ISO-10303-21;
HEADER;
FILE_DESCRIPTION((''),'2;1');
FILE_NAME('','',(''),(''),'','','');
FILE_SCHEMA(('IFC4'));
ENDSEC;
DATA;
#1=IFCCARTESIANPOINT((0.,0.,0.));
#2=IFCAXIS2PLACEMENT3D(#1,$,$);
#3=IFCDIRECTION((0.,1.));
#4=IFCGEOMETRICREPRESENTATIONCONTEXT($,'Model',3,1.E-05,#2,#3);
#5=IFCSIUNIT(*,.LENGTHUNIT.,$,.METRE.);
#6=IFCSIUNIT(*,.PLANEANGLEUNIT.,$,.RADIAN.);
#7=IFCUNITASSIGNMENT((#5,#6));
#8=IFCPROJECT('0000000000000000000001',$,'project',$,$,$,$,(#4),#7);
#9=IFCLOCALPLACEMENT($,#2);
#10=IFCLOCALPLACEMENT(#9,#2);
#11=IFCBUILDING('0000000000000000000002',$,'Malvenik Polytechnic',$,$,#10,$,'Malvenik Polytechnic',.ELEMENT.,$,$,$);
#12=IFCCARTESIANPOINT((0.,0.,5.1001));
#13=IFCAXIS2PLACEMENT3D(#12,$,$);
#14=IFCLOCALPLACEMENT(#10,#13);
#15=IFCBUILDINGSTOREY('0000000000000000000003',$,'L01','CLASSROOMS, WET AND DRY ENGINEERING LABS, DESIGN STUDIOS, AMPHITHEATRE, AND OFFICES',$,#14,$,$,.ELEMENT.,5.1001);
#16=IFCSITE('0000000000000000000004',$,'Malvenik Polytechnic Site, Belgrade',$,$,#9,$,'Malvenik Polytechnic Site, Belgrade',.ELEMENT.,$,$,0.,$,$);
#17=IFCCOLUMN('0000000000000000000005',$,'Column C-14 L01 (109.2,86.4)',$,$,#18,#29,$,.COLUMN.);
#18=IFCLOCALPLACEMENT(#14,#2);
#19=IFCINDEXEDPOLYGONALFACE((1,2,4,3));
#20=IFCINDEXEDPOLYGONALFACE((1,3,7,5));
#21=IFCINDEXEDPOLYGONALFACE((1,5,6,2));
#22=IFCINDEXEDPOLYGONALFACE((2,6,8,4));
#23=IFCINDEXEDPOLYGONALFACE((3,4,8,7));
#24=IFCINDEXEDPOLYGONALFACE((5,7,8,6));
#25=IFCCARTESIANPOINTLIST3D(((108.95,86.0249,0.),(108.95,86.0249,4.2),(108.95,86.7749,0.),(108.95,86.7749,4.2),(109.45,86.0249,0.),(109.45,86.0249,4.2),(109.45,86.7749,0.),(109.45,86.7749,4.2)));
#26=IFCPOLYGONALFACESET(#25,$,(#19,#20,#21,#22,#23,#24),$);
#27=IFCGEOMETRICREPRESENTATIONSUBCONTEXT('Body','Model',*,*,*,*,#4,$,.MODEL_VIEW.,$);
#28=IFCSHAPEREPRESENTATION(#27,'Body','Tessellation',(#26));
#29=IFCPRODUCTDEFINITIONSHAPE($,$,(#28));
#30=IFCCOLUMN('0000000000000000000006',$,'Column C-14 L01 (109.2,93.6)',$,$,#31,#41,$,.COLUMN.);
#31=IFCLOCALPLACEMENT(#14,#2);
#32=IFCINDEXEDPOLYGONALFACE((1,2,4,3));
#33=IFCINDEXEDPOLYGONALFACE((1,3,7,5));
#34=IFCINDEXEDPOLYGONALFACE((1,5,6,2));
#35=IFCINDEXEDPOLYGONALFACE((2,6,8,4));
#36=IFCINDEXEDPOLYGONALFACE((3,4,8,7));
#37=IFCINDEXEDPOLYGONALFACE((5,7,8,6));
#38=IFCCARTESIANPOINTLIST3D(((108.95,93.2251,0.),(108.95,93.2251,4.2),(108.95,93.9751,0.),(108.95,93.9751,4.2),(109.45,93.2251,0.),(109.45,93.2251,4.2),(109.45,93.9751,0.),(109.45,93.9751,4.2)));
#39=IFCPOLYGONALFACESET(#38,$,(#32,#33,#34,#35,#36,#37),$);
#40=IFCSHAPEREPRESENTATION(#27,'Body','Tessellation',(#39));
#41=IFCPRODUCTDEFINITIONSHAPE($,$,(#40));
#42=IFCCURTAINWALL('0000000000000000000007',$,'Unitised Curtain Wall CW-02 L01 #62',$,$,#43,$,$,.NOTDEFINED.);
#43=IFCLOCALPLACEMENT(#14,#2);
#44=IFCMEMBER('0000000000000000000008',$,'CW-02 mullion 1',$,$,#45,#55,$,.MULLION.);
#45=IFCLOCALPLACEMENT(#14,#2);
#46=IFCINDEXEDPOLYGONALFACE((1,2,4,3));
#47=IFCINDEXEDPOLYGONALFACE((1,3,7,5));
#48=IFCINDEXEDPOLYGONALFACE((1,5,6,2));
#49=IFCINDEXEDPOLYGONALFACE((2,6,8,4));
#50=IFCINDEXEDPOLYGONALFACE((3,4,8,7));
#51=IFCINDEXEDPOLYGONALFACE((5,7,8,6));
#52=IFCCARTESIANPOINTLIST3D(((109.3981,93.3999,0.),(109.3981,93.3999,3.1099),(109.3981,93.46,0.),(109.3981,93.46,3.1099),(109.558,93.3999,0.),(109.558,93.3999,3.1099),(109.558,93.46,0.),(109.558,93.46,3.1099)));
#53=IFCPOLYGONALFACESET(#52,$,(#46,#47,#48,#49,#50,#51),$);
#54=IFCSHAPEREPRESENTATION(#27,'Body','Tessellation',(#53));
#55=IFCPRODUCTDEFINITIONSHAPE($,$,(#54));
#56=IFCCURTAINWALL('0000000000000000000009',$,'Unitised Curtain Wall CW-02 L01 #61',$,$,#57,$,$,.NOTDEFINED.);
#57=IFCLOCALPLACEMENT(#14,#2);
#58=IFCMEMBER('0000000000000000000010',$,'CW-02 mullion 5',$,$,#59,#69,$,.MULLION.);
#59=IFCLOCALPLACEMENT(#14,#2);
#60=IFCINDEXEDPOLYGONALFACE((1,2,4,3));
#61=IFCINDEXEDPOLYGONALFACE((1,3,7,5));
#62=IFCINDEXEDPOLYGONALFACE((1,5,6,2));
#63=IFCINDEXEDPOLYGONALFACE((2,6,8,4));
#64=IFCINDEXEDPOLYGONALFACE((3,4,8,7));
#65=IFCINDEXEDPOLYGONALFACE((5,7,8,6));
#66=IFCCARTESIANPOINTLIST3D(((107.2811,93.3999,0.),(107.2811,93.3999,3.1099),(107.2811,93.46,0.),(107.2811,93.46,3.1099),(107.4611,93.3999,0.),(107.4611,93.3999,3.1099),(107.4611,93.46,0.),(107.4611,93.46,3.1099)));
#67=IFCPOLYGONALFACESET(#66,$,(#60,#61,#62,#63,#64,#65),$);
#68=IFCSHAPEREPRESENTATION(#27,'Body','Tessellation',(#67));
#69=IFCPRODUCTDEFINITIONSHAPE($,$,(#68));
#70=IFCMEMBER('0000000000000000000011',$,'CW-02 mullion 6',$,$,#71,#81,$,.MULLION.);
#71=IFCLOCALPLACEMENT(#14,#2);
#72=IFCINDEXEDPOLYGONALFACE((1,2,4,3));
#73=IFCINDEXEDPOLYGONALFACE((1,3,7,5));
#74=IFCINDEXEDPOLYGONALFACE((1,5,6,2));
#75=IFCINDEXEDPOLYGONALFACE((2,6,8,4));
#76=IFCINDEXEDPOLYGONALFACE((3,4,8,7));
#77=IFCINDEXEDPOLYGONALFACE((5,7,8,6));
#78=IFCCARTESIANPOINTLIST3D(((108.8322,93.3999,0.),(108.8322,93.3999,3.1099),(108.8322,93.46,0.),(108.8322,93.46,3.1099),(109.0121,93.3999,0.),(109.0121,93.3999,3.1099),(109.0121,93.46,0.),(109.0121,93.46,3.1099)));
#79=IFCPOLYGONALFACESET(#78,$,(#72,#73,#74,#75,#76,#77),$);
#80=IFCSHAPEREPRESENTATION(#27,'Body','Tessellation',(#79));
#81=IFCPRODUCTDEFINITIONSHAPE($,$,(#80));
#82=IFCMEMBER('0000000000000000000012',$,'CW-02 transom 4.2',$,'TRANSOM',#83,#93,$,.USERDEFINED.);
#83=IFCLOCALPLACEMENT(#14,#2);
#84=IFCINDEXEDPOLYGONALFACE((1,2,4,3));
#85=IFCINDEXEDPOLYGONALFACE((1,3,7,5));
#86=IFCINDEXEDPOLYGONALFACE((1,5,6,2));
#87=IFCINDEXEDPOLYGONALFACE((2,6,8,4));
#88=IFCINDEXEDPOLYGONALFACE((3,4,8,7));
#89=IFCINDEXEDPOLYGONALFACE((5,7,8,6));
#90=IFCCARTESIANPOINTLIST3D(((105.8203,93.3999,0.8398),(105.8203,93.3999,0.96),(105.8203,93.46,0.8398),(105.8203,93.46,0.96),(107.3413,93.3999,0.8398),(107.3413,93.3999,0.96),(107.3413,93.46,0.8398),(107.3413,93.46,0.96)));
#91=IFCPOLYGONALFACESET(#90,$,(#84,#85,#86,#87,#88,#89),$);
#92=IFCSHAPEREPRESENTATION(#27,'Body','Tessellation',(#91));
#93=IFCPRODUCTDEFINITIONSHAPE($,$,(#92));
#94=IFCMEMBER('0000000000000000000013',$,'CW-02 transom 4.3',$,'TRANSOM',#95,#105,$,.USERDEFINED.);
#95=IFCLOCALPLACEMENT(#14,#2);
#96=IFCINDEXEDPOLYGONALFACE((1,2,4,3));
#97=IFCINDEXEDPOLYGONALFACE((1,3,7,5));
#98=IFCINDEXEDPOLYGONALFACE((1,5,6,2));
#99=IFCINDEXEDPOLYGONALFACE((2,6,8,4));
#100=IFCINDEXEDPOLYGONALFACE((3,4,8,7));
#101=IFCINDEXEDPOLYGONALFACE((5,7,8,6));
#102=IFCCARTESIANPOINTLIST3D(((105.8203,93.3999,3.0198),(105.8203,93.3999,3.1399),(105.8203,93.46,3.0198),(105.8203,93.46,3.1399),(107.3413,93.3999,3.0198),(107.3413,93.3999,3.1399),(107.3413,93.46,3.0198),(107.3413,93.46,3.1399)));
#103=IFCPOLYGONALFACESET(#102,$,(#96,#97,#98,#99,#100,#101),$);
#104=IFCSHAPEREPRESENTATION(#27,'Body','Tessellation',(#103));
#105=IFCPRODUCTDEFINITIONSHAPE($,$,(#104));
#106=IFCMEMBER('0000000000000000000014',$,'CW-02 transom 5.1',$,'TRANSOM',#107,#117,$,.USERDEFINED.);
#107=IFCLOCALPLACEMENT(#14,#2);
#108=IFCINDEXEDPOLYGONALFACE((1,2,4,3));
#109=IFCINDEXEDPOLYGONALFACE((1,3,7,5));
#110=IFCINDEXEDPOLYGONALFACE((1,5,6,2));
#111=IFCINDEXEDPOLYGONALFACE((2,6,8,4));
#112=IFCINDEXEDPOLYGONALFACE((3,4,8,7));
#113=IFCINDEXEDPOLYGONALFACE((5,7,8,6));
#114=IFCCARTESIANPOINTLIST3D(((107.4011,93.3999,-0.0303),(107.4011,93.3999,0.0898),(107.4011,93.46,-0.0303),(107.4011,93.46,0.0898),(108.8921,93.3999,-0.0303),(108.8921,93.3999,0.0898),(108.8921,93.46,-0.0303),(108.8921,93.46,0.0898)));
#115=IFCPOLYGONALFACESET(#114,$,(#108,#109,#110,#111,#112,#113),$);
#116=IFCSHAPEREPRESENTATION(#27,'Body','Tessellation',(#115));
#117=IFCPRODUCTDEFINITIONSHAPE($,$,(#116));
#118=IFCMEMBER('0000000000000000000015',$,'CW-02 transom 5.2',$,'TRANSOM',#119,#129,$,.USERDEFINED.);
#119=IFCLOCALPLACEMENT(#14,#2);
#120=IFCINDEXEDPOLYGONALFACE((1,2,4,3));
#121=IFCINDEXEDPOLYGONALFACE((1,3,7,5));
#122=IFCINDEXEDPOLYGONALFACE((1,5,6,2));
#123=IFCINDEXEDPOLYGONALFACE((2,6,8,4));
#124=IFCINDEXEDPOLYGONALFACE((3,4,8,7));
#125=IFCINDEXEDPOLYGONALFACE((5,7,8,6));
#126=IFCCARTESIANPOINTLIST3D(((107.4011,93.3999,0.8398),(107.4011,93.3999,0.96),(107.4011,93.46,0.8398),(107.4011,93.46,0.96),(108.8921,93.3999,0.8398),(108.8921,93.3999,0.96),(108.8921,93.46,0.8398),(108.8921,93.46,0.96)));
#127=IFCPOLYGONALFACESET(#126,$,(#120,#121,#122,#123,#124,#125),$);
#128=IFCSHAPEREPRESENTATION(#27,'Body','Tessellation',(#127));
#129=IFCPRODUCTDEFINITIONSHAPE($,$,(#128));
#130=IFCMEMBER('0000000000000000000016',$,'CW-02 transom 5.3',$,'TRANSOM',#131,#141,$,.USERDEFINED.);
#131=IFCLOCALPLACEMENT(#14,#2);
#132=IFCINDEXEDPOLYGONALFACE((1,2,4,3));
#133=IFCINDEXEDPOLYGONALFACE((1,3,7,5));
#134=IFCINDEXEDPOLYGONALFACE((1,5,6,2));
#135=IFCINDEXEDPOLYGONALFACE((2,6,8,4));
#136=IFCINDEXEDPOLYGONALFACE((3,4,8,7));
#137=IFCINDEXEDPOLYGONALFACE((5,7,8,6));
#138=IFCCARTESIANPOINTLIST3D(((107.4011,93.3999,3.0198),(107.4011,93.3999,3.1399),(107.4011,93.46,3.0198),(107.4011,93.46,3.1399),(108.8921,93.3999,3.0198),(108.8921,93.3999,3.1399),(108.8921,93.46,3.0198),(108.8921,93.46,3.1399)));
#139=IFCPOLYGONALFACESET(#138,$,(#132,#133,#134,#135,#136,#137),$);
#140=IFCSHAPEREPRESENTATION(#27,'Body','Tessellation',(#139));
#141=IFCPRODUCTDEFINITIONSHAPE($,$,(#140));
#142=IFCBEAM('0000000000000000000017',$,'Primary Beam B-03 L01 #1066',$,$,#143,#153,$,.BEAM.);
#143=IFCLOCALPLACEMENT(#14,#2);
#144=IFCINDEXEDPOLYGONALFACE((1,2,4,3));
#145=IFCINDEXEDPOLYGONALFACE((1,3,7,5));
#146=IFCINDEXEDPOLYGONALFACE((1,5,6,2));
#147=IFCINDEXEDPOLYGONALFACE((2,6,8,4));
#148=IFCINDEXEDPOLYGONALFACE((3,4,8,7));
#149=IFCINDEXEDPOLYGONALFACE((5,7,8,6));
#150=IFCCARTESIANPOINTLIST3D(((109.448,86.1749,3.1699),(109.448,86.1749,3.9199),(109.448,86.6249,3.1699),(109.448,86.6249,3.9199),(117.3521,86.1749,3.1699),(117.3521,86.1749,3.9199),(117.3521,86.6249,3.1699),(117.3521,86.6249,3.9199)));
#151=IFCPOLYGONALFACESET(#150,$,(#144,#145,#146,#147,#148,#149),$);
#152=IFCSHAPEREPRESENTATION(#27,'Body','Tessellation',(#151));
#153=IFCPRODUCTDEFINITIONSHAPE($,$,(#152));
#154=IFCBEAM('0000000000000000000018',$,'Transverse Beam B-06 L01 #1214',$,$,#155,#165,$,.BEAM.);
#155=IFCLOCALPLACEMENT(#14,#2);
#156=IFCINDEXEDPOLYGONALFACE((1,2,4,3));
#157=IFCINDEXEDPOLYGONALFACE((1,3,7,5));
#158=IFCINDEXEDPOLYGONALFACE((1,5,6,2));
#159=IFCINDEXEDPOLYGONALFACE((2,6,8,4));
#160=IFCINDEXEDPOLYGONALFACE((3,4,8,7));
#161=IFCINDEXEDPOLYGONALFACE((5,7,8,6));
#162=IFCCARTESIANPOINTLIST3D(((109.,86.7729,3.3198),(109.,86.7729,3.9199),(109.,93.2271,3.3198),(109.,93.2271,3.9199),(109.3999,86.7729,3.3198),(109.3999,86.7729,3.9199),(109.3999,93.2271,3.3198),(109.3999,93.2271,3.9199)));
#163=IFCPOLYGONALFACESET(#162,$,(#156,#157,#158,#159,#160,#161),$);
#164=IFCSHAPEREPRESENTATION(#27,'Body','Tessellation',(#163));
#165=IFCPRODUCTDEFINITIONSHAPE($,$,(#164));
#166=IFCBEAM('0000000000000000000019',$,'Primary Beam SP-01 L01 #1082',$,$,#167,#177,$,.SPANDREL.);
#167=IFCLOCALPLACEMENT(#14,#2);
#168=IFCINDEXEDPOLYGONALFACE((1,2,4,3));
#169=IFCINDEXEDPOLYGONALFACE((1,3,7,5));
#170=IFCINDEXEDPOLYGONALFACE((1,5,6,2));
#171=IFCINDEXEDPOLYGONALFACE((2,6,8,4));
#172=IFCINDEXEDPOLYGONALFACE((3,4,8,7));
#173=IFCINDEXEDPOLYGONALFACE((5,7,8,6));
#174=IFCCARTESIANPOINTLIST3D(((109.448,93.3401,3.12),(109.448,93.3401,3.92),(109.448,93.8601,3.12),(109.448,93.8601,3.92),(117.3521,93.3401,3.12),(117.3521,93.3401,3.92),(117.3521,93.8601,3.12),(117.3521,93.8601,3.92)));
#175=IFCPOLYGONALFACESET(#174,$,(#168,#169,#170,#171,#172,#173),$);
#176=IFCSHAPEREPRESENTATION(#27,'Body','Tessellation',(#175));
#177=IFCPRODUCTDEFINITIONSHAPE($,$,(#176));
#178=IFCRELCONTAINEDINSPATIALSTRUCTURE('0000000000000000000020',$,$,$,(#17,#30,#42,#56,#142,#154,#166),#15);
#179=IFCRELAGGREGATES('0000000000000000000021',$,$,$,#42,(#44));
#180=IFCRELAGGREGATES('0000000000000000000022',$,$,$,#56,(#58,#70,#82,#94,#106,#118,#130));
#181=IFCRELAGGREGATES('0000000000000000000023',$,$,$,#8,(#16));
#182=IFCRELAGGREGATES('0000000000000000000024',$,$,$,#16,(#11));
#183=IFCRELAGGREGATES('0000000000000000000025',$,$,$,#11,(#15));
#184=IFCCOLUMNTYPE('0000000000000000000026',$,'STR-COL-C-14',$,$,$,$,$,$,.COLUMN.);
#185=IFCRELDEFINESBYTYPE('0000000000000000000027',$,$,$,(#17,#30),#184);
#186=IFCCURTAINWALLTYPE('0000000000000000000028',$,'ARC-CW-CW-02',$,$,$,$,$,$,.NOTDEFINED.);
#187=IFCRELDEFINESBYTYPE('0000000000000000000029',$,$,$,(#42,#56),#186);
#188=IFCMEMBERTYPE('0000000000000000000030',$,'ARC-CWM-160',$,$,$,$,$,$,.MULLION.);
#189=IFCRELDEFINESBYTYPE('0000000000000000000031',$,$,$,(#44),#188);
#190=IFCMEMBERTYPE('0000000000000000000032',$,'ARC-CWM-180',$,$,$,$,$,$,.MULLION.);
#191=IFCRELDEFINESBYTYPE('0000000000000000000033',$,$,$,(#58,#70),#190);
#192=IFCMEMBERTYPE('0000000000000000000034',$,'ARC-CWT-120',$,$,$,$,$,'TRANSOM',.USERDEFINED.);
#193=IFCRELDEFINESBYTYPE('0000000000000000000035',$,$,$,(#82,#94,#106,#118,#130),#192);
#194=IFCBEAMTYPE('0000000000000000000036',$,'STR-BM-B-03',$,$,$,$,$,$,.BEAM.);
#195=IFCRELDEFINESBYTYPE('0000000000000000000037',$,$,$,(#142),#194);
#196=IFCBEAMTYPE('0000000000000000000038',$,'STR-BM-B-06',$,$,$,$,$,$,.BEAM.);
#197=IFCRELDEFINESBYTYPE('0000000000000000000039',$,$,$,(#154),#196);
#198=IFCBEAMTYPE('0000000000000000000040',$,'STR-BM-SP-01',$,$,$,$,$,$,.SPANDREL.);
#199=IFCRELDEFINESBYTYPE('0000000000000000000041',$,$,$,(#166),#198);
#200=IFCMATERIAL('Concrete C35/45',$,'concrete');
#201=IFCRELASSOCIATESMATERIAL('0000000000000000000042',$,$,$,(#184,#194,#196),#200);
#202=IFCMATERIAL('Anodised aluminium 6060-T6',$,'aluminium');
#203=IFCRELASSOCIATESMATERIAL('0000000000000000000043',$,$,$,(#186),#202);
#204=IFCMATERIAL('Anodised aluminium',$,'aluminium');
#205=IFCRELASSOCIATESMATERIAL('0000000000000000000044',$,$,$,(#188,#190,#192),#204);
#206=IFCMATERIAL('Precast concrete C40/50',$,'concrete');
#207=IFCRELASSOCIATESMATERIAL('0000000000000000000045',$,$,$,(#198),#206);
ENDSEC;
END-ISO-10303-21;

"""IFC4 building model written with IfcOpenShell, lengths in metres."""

from ifc_helpers import new_model, si_unit, direction, frame, origin, origin_2d, place, context, subcontext, project, spatial, rectangle, extrude, material, material_profile, profile_set, type_object, element, aggregate, save


model = new_model("IFC4")

# Units and contexts
model_context = context("Model", 3, precision=1e-05, world=origin(), true_north=direction((0.0, 1.0)))
body_context = subcontext(model_context, "Body", "Model", "MODEL_VIEW")
ifc_project = project(units=[si_unit("LENGTHUNIT", "METRE"), si_unit("PLANEANGLEUNIT", "RADIAN")], contexts=[model_context])

# Site, building, storey
site_placement = place(None, origin())
site = spatial("IfcSite", under=ifc_project, at=site_placement, Name="Malvenik Polytechnic Site, Belgrade", LongName="Malvenik Polytechnic Site, Belgrade", CompositionType="ELEMENT", RefElevation=0.0)
building_placement = place(site_placement, origin())
building = spatial("IfcBuilding", under=site, at=building_placement, Name="Malvenik Polytechnic", LongName="Malvenik Polytechnic", CompositionType="ELEMENT")
storey_placement = place(building_placement, frame((0.0, 0.0, 5.1001)))
storey = spatial("IfcBuildingStorey", under=building, at=storey_placement, Name="L01", Description="CLASSROOMS, WET AND DRY ENGINEERING LABS, DESIGN STUDIOS, AMPHITHEATRE, AND OFFICES", CompositionType="ELEMENT", Elevation=5.1001)

# Columns
ifc_material_1 = material(Name="Concrete C35/45", Category="concrete")
ifc_material_profile_1 = material_profile(ifc_material_1, rectangle(XDim=0.5, YDim=0.75, at=origin_2d()), Name="RC COL 750x500")
ifc_profile_set_1 = profile_set([ifc_material_profile_1], Name="Concrete C35/45")
column_type = type_object("IfcColumnType", Name="STR-COL-C-14", PredefinedType="COLUMN", material=ifc_profile_set_1)
for number, where, z_axis, x_axis, name in (
    (1, (109.2, 86.3999, 0.0), (0.0, 0.0, 1.0), (1.0, 0.0, 0.0), "Column C-14 L01 (109.2,86.4)"),
    (2, (109.2, 93.6001, 0.0), (0.0, 0.0, 1.0), (1.0, 0.0, 0.0), "Column C-14 L01 (109.2,93.6)"),
):
    element("IfcColumn", number, at=place(storey_placement, frame(where, z_axis=z_axis, x_axis=x_axis)), inside=storey, type_object=column_type, Name=name, PredefinedType="COLUMN", context=body_context, shape_type="SweptSolid", body=[
        extrude(rectangle(XDim=0.5, YDim=0.75, at=origin_2d()), origin(), (0.0, 0.0, 1.0), 4.2),
    ])

# Curtain wall, member
ifc_material_2 = material(Name="Anodised aluminium 6060-T6", Category="aluminium")
curtain_wall_type = type_object("IfcCurtainWallType", Name="ARC-CW-CW-02", PredefinedType="NOTDEFINED", material=ifc_material_2)
curtain_wall_1_placement = place(storey_placement, origin())
curtain_wall_1 = element("IfcCurtainWall", 3, at=curtain_wall_1_placement, inside=storey, type_object=curtain_wall_type, Name="Unitised Curtain Wall CW-02 L01 #62", PredefinedType="NOTDEFINED")
ifc_material_3 = material(Name="Anodised aluminium", Category="aluminium")
ifc_material_profile_2 = material_profile(ifc_material_3, rectangle(XDim=0.0601, YDim=0.1599, at=origin_2d()), Name="ALU MULLION 60x160")
ifc_profile_set_2 = profile_set([ifc_material_profile_2], Name="Anodised aluminium")
member_type_1 = type_object("IfcMemberType", Name="ARC-CWM-160", PredefinedType="MULLION", material=ifc_profile_set_2)
member_1_placement = place(storey_placement, frame((109.478, 93.4299, 0.0), z_axis=(0.0, 0.0, 1.0), x_axis=(0.0, 1.0, 0.0)))
member_1 = element("IfcMember", 4, at=member_1_placement, type_object=member_type_1, Name="CW-02 mullion 1", PredefinedType="MULLION", context=body_context, shape_type="SweptSolid", body=[
    extrude(rectangle(XDim=0.0601, YDim=0.1599, at=origin_2d()), origin(), (0.0, 0.0, 1.0), 3.1099),
])
aggregate(curtain_wall_1, [member_1])

# Curtain wall, members
curtain_wall_2_placement = place(storey_placement, origin())
curtain_wall_2 = element("IfcCurtainWall", 5, at=curtain_wall_2_placement, inside=storey, type_object=curtain_wall_type, Name="Unitised Curtain Wall CW-02 L01 #61", PredefinedType="NOTDEFINED")
ifc_material_profile_3 = material_profile(ifc_material_3, rectangle(XDim=0.0601, YDim=0.1799, at=origin_2d()), Name="ALU MULLION 60x180")
ifc_profile_set_3 = profile_set([ifc_material_profile_3], Name="Anodised aluminium")
member_type_2 = type_object("IfcMemberType", Name="ARC-CWM-180", PredefinedType="MULLION", material=ifc_profile_set_3)
member_2_placement = place(storey_placement, frame((107.3711, 93.4299, 0.0), z_axis=(0.0, 0.0, 1.0), x_axis=(0.0, 1.0, 0.0)))
member_2 = element("IfcMember", 6, at=member_2_placement, type_object=member_type_2, Name="CW-02 mullion 5", PredefinedType="MULLION", context=body_context, shape_type="SweptSolid", body=[
    extrude(rectangle(XDim=0.0601, YDim=0.1799, at=origin_2d()), origin(), (0.0, 0.0, 1.0), 3.1099),
])
member_3_placement = place(storey_placement, frame((108.9221, 93.4299, 0.0), z_axis=(0.0, 0.0, 1.0), x_axis=(0.0, 1.0, 0.0)))
member_3 = element("IfcMember", 7, at=member_3_placement, type_object=member_type_2, Name="CW-02 mullion 6", PredefinedType="MULLION", context=body_context, shape_type="SweptSolid", body=[
    extrude(rectangle(XDim=0.0601, YDim=0.1799, at=origin_2d()), origin(), (0.0, 0.0, 1.0), 3.1099),
])
ifc_material_profile_4 = material_profile(ifc_material_3, rectangle(XDim=0.0601, YDim=0.1201, at=origin_2d()), Name="ALU TRANSOM 60x120")
ifc_profile_set_4 = profile_set([ifc_material_profile_4], Name="Anodised aluminium")
member_type_3 = type_object("IfcMemberType", Name="ARC-CWT-120", ElementType="TRANSOM", PredefinedType="USERDEFINED", material=ifc_profile_set_4)
member_4_placement = place(storey_placement, frame((105.8203, 93.4299, 0.8999), z_axis=(1.0, 0.0, 0.0), x_axis=(0.0, 1.0, 0.0)))
member_4 = element("IfcMember", 8, at=member_4_placement, type_object=member_type_3, Name="CW-02 transom 4.2", ObjectType="TRANSOM", PredefinedType="USERDEFINED", context=body_context, shape_type="SweptSolid", body=[
    extrude(rectangle(XDim=0.0601, YDim=0.1201, at=origin_2d()), origin(), (0.0, 0.0, 1.0), 1.521),
])
member_5_placement = place(storey_placement, frame((105.8203, 93.4299, 3.0798), z_axis=(1.0, 0.0, 0.0), x_axis=(0.0, 1.0, 0.0)))
member_5 = element("IfcMember", 9, at=member_5_placement, type_object=member_type_3, Name="CW-02 transom 4.3", ObjectType="TRANSOM", PredefinedType="USERDEFINED", context=body_context, shape_type="SweptSolid", body=[
    extrude(rectangle(XDim=0.0601, YDim=0.1201, at=origin_2d()), origin(), (0.0, 0.0, 1.0), 1.521),
])
member_6_placement = place(storey_placement, frame((107.4011, 93.4299, 0.0298), z_axis=(1.0, 0.0, 0.0), x_axis=(0.0, 1.0, 0.0)))
member_6 = element("IfcMember", 10, at=member_6_placement, type_object=member_type_3, Name="CW-02 transom 5.1", ObjectType="TRANSOM", PredefinedType="USERDEFINED", context=body_context, shape_type="SweptSolid", body=[
    extrude(rectangle(XDim=0.0601, YDim=0.1201, at=origin_2d()), origin(), (0.0, 0.0, 1.0), 1.491),
])
member_7_placement = place(storey_placement, frame((107.4011, 93.4299, 0.8999), z_axis=(1.0, 0.0, 0.0), x_axis=(0.0, 1.0, 0.0)))
member_7 = element("IfcMember", 11, at=member_7_placement, type_object=member_type_3, Name="CW-02 transom 5.2", ObjectType="TRANSOM", PredefinedType="USERDEFINED", context=body_context, shape_type="SweptSolid", body=[
    extrude(rectangle(XDim=0.0601, YDim=0.1201, at=origin_2d()), origin(), (0.0, 0.0, 1.0), 1.491),
])
member_8_placement = place(storey_placement, frame((107.4011, 93.4299, 3.0798), z_axis=(1.0, 0.0, 0.0), x_axis=(0.0, 1.0, 0.0)))
member_8 = element("IfcMember", 12, at=member_8_placement, type_object=member_type_3, Name="CW-02 transom 5.3", ObjectType="TRANSOM", PredefinedType="USERDEFINED", context=body_context, shape_type="SweptSolid", body=[
    extrude(rectangle(XDim=0.0601, YDim=0.1201, at=origin_2d()), origin(), (0.0, 0.0, 1.0), 1.491),
])

# Beams
ifc_material_profile_5 = material_profile(ifc_material_1, rectangle(XDim=0.45, YDim=0.75, at=origin_2d()), Name="RC BM 450x750")
ifc_profile_set_5 = profile_set([ifc_material_profile_5], Name="Concrete C35/45")
beam_type_1 = type_object("IfcBeamType", Name="STR-BM-B-03", PredefinedType="BEAM", material=ifc_profile_set_5)
beam_1_placement = place(storey_placement, frame((109.448, 86.3999, 3.5449), z_axis=(1.0, 0.0, 0.0), x_axis=(0.0, 1.0, 0.0)))
element("IfcBeam", 13, at=beam_1_placement, inside=storey, type_object=beam_type_1, Name="Primary Beam B-03 L01 #1066", PredefinedType="BEAM", context=body_context, shape_type="SweptSolid", body=[
    extrude(rectangle(XDim=0.45, YDim=0.75, at=origin_2d()), origin(), (0.0, 0.0, 1.0), 7.9041),
])
ifc_material_profile_6 = material_profile(ifc_material_1, rectangle(XDim=0.3999, YDim=0.6001, at=origin_2d()), Name="RC BM 400x600")
ifc_profile_set_6 = profile_set([ifc_material_profile_6], Name="Concrete C35/45")
beam_type_2 = type_object("IfcBeamType", Name="STR-BM-B-06", PredefinedType="BEAM", material=ifc_profile_set_6)
beam_2_placement = place(storey_placement, frame((109.2, 86.7729, 3.6199), z_axis=(0.0, 1.0, 0.0), x_axis=(-1.0, 0.0, 0.0)))
element("IfcBeam", 14, at=beam_2_placement, inside=storey, type_object=beam_type_2, Name="Transverse Beam B-06 L01 #1214", PredefinedType="BEAM", context=body_context, shape_type="SweptSolid", body=[
    extrude(rectangle(XDim=0.3999, YDim=0.6001, at=origin_2d()), origin(), (0.0, 0.0, 1.0), 6.4541),
])
ifc_material_4 = material(Name="Precast concrete C40/50", Category="concrete")
ifc_material_profile_7 = material_profile(ifc_material_4, rectangle(XDim=0.52, YDim=0.8, at=origin_2d()), Name="PC SPN 520x800")
ifc_profile_set_7 = profile_set([ifc_material_profile_7], Name="Precast concrete C40/50")
beam_type_3 = type_object("IfcBeamType", Name="STR-BM-SP-01", PredefinedType="SPANDREL", material=ifc_profile_set_7)
beam_3_placement = place(storey_placement, frame((109.448, 93.6001, 3.52), z_axis=(1.0, 0.0, 0.0), x_axis=(0.0, 1.0, 0.0)))
element("IfcBeam", 15, at=beam_3_placement, inside=storey, type_object=beam_type_3, Name="Primary Beam SP-01 L01 #1082", PredefinedType="SPANDREL", context=body_context, shape_type="SweptSolid", body=[
    extrude(rectangle(XDim=0.52, YDim=0.8, at=origin_2d()), origin(), (0.0, 0.0, 1.0), 7.9041),
])

aggregate(curtain_wall_2, [member_2, member_3, member_4, member_5, member_6, member_7, member_8])

save(model, "model.ifc")
